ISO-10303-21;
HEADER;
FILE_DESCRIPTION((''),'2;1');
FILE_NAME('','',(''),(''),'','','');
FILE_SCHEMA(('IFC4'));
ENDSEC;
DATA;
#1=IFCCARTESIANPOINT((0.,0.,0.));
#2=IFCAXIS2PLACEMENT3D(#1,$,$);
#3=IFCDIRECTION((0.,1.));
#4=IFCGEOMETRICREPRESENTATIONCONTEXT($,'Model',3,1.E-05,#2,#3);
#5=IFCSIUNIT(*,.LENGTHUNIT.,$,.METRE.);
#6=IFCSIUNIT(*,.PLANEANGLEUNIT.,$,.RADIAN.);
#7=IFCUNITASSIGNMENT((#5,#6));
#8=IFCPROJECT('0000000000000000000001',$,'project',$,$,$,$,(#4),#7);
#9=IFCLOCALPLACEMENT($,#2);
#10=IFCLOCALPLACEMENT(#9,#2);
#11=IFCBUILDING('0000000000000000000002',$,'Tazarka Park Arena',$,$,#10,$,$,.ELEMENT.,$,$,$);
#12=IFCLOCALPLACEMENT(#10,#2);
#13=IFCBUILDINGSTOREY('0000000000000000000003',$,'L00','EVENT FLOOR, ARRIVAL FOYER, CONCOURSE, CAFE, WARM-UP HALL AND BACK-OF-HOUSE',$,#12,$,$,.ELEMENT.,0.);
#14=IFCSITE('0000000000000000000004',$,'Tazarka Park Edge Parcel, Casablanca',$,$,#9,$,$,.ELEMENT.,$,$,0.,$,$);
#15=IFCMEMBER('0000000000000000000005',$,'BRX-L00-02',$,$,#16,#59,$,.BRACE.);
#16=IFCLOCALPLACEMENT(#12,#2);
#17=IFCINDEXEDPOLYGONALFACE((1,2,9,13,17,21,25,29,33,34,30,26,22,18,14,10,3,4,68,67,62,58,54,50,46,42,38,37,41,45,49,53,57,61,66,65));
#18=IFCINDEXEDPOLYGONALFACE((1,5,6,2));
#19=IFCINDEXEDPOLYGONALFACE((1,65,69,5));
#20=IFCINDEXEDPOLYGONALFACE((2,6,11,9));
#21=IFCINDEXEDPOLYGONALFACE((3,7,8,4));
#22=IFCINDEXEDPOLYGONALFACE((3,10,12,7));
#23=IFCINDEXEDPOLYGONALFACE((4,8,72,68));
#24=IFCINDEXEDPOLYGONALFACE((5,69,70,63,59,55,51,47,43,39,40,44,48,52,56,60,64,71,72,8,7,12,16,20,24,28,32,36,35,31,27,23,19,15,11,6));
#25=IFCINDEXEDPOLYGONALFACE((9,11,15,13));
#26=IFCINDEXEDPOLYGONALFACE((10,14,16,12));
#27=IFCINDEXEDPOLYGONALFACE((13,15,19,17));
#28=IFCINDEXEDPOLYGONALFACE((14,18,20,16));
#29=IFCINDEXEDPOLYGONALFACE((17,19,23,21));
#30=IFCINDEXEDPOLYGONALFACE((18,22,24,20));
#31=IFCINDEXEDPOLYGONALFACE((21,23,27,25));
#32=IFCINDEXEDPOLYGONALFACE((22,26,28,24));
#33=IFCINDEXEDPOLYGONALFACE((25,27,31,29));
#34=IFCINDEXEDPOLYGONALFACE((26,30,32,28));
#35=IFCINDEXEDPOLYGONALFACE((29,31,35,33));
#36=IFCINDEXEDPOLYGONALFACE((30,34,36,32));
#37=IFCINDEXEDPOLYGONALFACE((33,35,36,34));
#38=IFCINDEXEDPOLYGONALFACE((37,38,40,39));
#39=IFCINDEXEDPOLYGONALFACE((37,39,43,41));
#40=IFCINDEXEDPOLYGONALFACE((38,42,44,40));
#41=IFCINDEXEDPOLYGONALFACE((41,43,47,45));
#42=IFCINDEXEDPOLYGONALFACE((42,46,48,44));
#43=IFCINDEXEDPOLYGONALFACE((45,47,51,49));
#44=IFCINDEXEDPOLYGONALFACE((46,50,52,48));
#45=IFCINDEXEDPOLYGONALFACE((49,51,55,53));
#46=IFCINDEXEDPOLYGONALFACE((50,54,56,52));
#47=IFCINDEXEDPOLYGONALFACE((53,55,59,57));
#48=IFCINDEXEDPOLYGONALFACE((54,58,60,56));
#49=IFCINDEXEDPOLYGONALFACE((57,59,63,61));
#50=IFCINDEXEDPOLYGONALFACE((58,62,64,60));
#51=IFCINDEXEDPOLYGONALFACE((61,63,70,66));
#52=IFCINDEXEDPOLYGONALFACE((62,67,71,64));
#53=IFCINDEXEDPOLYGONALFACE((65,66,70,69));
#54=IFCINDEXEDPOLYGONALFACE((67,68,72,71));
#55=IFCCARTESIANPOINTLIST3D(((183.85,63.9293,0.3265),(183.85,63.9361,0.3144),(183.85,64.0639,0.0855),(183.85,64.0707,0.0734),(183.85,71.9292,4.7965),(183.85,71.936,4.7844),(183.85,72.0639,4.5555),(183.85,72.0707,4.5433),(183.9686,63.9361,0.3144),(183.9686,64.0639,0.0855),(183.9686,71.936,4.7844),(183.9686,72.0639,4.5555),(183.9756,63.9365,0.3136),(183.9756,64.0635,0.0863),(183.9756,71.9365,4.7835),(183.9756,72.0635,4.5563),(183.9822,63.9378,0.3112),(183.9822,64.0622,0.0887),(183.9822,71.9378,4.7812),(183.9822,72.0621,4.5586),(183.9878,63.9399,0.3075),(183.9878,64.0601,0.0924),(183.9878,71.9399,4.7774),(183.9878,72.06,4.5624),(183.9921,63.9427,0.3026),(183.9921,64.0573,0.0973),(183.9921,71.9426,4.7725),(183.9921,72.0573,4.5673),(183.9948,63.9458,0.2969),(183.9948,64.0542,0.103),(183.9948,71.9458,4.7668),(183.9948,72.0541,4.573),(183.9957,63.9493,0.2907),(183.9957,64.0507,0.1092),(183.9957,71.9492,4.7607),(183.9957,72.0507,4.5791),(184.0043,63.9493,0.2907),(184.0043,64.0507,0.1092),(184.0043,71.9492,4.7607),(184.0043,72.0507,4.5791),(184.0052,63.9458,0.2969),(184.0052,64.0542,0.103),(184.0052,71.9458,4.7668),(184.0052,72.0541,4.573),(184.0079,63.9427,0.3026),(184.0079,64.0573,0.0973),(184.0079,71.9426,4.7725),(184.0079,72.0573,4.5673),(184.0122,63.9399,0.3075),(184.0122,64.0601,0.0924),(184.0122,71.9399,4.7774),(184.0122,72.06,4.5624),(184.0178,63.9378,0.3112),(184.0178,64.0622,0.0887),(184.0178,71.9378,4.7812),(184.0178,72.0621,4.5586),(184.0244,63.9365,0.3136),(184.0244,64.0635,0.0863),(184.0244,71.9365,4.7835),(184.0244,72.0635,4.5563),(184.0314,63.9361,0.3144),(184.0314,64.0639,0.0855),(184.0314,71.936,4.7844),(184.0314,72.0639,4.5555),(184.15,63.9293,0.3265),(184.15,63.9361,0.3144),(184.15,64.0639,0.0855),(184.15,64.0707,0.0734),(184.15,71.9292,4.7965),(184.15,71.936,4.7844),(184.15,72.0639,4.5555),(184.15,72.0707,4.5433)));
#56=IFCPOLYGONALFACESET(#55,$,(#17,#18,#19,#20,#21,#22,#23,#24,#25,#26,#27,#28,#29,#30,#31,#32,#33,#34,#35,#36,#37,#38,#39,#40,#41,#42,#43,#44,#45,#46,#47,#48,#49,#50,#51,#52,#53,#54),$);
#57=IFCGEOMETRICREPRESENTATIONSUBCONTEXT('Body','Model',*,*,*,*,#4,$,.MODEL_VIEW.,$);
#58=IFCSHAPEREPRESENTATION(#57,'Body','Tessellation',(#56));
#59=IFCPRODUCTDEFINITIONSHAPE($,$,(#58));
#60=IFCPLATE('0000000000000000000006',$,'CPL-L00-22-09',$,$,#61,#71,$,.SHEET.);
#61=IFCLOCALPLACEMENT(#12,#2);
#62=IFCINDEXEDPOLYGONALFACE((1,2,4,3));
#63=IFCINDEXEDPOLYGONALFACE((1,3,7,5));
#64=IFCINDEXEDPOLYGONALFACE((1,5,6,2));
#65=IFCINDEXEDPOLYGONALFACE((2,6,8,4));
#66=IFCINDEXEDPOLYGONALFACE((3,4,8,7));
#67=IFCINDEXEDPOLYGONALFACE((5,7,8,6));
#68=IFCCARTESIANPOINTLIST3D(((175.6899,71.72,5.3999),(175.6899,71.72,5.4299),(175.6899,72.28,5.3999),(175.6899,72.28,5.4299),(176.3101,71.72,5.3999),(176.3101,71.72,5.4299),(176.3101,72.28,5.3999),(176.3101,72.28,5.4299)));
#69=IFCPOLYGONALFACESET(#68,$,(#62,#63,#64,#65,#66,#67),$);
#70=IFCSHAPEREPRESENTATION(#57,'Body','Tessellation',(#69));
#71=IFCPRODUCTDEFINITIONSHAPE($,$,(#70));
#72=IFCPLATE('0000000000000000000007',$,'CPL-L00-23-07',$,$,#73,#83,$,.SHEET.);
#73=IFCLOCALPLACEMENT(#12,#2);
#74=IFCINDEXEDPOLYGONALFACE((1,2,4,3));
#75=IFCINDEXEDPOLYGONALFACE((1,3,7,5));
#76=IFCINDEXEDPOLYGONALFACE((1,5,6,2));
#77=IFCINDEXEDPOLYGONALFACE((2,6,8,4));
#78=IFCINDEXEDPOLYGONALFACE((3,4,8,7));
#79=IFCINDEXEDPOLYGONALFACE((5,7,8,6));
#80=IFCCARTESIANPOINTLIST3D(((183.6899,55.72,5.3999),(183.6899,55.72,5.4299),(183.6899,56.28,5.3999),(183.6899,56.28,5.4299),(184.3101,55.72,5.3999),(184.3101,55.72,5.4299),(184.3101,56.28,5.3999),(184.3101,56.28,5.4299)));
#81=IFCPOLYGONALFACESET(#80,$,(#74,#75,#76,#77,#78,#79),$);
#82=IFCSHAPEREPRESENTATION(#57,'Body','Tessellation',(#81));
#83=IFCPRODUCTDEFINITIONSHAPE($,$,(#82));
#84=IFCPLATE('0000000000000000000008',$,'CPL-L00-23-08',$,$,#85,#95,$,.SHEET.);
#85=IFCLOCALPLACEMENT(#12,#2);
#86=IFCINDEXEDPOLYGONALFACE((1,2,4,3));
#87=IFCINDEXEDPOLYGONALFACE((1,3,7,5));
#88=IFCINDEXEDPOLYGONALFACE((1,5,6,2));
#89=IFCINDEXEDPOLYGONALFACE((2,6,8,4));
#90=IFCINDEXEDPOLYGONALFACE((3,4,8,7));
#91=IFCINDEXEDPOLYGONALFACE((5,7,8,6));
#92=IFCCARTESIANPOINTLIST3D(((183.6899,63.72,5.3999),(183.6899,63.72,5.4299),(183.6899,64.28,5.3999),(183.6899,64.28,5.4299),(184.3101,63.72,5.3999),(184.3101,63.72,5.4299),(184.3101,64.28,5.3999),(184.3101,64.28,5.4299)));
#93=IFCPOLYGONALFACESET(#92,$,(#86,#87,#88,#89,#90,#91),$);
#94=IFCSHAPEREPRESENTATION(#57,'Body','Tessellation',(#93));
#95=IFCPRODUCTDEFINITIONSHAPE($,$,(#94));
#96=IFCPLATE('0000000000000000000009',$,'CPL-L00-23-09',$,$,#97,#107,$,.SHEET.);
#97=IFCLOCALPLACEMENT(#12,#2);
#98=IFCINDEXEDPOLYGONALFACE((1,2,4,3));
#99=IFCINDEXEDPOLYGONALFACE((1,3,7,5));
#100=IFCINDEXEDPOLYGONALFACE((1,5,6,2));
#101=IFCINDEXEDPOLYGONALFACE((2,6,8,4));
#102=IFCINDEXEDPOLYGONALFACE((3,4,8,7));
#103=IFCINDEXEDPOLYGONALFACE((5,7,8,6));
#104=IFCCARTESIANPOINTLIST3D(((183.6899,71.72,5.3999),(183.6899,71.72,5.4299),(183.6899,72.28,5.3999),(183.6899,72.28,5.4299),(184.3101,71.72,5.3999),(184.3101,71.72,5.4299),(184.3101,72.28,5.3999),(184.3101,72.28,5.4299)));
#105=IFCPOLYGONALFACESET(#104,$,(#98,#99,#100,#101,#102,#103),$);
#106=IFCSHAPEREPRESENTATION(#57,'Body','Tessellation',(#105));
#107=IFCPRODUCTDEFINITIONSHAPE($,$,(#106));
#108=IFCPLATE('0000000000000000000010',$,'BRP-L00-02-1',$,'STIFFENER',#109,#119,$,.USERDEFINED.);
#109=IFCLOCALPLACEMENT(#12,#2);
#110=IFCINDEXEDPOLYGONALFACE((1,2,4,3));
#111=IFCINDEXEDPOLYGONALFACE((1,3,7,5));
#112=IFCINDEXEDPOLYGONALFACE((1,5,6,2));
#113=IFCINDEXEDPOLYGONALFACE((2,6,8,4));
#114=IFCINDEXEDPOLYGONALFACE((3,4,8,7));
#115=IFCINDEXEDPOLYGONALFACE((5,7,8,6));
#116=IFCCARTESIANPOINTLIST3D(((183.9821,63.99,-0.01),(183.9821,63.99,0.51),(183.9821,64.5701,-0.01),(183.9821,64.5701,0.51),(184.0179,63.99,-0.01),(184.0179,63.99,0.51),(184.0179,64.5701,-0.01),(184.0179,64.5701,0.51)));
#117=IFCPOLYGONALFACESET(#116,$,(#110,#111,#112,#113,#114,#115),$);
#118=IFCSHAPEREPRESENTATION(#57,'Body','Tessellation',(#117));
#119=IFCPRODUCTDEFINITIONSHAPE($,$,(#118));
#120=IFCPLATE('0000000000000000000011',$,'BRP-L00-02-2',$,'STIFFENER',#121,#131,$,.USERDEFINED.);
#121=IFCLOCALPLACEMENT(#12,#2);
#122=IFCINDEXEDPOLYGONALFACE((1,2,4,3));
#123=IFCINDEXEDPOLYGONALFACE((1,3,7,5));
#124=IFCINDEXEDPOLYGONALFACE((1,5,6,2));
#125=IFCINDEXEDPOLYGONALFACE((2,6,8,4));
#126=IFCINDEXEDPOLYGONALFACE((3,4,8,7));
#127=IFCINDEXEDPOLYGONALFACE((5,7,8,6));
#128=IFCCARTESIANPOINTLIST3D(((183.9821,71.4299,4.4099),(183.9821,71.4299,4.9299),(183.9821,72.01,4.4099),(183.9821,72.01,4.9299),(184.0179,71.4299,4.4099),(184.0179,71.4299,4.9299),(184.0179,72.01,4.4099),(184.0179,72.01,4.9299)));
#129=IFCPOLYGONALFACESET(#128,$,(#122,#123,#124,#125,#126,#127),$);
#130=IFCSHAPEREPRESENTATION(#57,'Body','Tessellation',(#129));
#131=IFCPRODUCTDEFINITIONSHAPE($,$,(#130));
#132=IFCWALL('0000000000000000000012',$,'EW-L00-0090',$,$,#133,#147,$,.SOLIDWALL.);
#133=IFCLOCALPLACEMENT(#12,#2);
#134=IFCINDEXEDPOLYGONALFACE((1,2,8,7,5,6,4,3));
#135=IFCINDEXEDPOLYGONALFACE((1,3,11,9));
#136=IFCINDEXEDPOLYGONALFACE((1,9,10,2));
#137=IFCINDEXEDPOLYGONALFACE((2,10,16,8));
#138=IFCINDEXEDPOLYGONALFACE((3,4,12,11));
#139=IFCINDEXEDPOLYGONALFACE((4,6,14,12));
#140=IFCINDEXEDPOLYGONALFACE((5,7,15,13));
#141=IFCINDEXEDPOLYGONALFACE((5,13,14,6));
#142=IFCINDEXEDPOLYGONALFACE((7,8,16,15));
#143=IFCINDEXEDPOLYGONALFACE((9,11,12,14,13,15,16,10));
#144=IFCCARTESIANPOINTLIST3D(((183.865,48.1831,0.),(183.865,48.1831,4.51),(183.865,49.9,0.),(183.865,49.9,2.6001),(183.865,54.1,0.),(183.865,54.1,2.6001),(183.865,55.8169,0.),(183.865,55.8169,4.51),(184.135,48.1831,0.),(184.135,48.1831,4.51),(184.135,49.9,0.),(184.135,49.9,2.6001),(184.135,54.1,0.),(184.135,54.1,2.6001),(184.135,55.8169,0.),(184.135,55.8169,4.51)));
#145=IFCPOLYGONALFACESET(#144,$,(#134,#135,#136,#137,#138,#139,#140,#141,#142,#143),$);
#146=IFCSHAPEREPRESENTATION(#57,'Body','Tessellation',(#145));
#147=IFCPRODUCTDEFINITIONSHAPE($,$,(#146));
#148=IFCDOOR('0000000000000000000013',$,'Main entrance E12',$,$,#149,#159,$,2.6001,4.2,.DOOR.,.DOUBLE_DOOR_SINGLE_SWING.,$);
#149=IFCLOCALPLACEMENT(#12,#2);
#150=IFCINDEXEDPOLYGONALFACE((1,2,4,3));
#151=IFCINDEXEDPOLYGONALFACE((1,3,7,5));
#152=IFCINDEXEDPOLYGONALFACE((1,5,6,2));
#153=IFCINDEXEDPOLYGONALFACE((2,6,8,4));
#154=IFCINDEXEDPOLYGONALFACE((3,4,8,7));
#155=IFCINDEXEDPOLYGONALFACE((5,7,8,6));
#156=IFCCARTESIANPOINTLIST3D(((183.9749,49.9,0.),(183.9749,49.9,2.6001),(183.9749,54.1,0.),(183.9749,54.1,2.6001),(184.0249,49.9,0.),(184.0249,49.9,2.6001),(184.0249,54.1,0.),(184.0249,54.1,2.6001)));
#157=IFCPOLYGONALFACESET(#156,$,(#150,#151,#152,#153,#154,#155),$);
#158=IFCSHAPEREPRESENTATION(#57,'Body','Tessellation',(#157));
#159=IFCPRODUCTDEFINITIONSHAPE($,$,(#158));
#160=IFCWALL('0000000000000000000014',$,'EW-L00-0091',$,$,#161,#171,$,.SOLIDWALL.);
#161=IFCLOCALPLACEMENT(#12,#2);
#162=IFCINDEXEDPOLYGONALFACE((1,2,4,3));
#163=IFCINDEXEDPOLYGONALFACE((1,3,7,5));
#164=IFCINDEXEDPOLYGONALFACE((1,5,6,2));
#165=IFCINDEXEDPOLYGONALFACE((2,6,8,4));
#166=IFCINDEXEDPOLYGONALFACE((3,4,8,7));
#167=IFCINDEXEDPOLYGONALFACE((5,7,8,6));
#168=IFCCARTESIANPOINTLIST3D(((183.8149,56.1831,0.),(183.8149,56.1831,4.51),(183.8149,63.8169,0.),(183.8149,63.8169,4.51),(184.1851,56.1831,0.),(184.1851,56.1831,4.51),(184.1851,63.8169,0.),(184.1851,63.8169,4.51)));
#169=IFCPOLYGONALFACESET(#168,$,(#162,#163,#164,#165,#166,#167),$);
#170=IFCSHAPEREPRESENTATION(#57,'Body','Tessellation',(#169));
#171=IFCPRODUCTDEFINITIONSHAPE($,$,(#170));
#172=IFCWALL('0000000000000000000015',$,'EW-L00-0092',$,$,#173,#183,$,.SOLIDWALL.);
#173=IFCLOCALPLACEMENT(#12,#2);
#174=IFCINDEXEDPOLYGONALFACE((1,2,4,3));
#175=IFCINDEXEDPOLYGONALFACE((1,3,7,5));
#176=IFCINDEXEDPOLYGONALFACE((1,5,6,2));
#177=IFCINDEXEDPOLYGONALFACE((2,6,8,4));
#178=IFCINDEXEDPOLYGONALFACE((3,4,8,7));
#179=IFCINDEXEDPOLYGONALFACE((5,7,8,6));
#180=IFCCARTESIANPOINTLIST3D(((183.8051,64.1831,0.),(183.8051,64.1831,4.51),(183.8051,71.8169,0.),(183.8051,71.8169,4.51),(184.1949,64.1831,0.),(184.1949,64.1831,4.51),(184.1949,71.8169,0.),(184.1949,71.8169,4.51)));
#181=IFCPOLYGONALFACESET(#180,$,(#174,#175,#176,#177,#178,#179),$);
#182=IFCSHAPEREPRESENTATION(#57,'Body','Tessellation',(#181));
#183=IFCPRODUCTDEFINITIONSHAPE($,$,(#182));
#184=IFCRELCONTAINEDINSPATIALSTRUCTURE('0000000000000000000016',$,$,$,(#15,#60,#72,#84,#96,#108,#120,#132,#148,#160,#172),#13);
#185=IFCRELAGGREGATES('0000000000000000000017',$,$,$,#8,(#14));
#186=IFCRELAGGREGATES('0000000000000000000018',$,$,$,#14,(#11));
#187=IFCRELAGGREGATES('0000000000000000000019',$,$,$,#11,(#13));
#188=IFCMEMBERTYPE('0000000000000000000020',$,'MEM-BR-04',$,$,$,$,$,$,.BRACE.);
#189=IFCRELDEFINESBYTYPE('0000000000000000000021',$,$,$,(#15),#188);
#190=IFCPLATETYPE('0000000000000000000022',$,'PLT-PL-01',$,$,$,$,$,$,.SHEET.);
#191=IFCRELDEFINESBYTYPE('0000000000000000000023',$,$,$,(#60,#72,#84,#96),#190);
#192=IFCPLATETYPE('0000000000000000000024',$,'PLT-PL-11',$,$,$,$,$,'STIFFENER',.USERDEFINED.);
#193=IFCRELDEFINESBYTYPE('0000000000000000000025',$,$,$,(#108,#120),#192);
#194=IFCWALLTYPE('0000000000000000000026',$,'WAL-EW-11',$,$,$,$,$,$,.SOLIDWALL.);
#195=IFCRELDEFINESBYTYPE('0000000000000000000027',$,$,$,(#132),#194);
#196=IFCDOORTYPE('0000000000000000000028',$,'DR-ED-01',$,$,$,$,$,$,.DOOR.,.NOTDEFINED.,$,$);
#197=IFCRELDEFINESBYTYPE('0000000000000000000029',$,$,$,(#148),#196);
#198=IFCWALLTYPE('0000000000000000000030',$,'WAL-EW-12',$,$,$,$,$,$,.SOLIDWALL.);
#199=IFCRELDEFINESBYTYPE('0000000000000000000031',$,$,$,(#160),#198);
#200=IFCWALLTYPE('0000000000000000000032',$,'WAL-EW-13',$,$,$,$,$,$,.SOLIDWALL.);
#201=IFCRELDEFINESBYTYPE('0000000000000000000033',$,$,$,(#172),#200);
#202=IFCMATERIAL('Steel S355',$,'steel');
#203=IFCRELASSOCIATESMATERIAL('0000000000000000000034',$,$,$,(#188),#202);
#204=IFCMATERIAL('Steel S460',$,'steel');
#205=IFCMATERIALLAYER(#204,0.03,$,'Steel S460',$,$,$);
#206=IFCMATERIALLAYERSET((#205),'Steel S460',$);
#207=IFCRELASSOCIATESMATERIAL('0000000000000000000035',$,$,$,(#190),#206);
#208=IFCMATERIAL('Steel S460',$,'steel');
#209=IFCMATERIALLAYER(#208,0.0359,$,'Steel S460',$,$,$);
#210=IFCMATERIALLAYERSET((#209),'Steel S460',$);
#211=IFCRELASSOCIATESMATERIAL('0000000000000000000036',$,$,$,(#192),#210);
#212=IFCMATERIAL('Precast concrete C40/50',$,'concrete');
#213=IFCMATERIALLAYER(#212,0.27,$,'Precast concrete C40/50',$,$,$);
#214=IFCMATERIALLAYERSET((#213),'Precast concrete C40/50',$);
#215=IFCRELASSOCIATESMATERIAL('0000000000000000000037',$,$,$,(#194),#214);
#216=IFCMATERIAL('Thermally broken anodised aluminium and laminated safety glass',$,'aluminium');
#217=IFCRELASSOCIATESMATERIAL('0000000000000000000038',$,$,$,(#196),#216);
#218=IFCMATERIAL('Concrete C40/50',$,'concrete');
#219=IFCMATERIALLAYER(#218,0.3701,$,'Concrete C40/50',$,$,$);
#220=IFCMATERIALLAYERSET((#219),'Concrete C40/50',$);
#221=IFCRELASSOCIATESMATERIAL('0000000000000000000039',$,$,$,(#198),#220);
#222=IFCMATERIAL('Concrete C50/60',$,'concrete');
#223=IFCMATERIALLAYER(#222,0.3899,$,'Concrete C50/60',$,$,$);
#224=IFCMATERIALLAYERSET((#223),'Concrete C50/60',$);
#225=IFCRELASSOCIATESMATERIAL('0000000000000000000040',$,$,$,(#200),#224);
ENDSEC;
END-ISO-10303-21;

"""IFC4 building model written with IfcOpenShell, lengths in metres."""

from ifc_helpers import new_model, si_unit, direction, frame, frame_2d, origin, origin_2d, place, context, subcontext, project, spatial, rectangle, i_section, extrude, material, layer, layer_set, material_profile, profile_set, type_object, element, fill, save


model = new_model("IFC4")

# Units and contexts
model_context = context("Model", 3, precision=1e-05, world=origin(), true_north=direction((0.0, 1.0)))
body_context = subcontext(model_context, "Body", "Model", "MODEL_VIEW")
ifc_project = project(units=[si_unit("LENGTHUNIT", "METRE"), si_unit("PLANEANGLEUNIT", "RADIAN")], contexts=[model_context])

# Site, building, storey
site_placement = place(None, origin())
site = spatial("IfcSite", under=ifc_project, at=site_placement, Name="Tazarka Park Edge Parcel, Casablanca", CompositionType="ELEMENT", RefElevation=0.0)
building_placement = place(site_placement, origin())
building = spatial("IfcBuilding", under=site, at=building_placement, Name="Tazarka Park Arena", CompositionType="ELEMENT")
storey_placement = place(building_placement, origin())
storey = spatial("IfcBuildingStorey", under=building, at=storey_placement, Name="L00", Description="EVENT FLOOR, ARRIVAL FOYER, CONCOURSE, CAFE, WARM-UP HALL AND BACK-OF-HOUSE", CompositionType="ELEMENT", Elevation=0.0)

# Member
ifc_material_1 = material(Name="Steel S355", Category="steel")
ifc_material_profile_1 = material_profile(ifc_material_1, i_section(OverallWidth=0.3, OverallDepth=0.29, WebThickness=0.0085, FlangeThickness=0.0139, FilletRadius=0.0271, at=origin_2d()), Name="Steel S355")
ifc_profile_set_1 = profile_set([ifc_material_profile_1], Name="Steel S355")
member_type = type_object("IfcMemberType", Name="MEM-BR-04", PredefinedType="BRACE", material=ifc_profile_set_1)
member_placement = place(storey_placement, frame((184.0, 64.0, 0.2), z_axis=(0.0, 0.872972, 0.48777), x_axis=(-1.0, 0.0, 0.0)))
element("IfcMember", 1, at=member_placement, inside=storey, type_object=member_type, Name="BRX-L00-02", PredefinedType="BRACE", context=body_context, shape_type="SweptSolid", body=[
    extrude(i_section(OverallWidth=0.3, OverallDepth=0.29, WebThickness=0.0085, FlangeThickness=0.0139, FilletRadius=0.0271, at=origin_2d()), origin(), (0.0, 0.0, 1.0), 9.1641),
])

# Plates
ifc_material_2 = material(Name="Steel S460", Category="steel")
ifc_layer_1 = layer(ifc_material_2, 0.03, Name="Steel S460")
ifc_layer_set_1 = layer_set([ifc_layer_1], Name="Steel S460")
plate_type_1 = type_object("IfcPlateType", Name="PLT-PL-01", PredefinedType="SHEET", material=ifc_layer_set_1)
for number, where, z_axis, x_axis, name in (
    (2, (176.0, 72.0, 5.3999), (0.0, 0.0, 1.0), (1.0, 0.0, 0.0), "CPL-L00-22-09"),
    (3, (184.0, 56.0, 5.3999), (0.0, 0.0, 1.0), (1.0, 0.0, 0.0), "CPL-L00-23-07"),
    (4, (184.0, 64.0, 5.3999), (0.0, 0.0, 1.0), (1.0, 0.0, 0.0), "CPL-L00-23-08"),
    (5, (184.0, 72.0, 5.3999), (0.0, 0.0, 1.0), (1.0, 0.0, 0.0), "CPL-L00-23-09"),
):
    element("IfcPlate", number, at=place(storey_placement, frame(where, z_axis=z_axis, x_axis=x_axis)), inside=storey, type_object=plate_type_1, Name=name, PredefinedType="SHEET", context=body_context, shape_type="SweptSolid", body=[
        extrude(rectangle(XDim=0.6201, YDim=0.5601, at=origin_2d()), origin(), (0.0, 0.0, 1.0), 0.03),
    ])
ifc_material_3 = material(Name="Steel S460", Category="steel")
ifc_layer_2 = layer(ifc_material_3, 0.0359, Name="Steel S460")
ifc_layer_set_2 = layer_set([ifc_layer_2], Name="Steel S460")
plate_type_2 = type_object("IfcPlateType", Name="PLT-PL-11", ElementType="STIFFENER", PredefinedType="USERDEFINED", material=ifc_layer_set_2)
for number, where, z_axis, x_axis, name in (
    (6, (184.0, 64.28, -0.01), (0.0, 0.0, 1.0), (1.0, 0.0, 0.0), "BRP-L00-02-1"),
    (7, (184.0, 71.72, 4.4099), (0.0, 0.0, 1.0), (1.0, 0.0, 0.0), "BRP-L00-02-2"),
):
    element("IfcPlate", number, at=place(storey_placement, frame(where, z_axis=z_axis, x_axis=x_axis)), inside=storey, type_object=plate_type_2, Name=name, ObjectType="STIFFENER", PredefinedType="USERDEFINED", context=body_context, shape_type="SweptSolid", body=[
        extrude(rectangle(XDim=0.0359, YDim=0.5801, at=origin_2d()), origin(), (0.0, 0.0, 1.0), 0.52),
    ])

# Wall, opening, door
ifc_material_4 = material(Name="Precast concrete C40/50", Category="concrete")
ifc_layer_3 = layer(ifc_material_4, 0.27, Name="Precast concrete C40/50")
ifc_layer_set_3 = layer_set([ifc_layer_3], Name="Precast concrete C40/50")
wall_type_1 = type_object("IfcWallType", Name="WAL-EW-11", PredefinedType="SOLIDWALL", material=ifc_layer_set_3)
wall_1_placement = place(storey_placement, frame((184.0, 55.8169, 0.0), z_axis=(0.0, 0.0, 1.0), x_axis=(0.0, -1.0, 0.0)))
wall_1 = element("IfcWall", 8, at=wall_1_placement, inside=storey, type_object=wall_type_1, Name="EW-L00-0090", PredefinedType="SOLIDWALL", context=body_context, shape_type="SweptSolid", body=[
    extrude(rectangle(XDim=7.6338, YDim=0.27, at=frame_2d((3.8169, 0.0))), origin(), (0.0, 0.0, 1.0), 4.51),
])
opening_placement = place(wall_1_placement, frame((1.7168, 0.0, 0.0)))
opening = element("IfcOpeningElement", 9, at=opening_placement, cuts=wall_1, PredefinedType="OPENING", context=body_context, shape_type="SweptSolid", body=[
    extrude(rectangle(XDim=4.2, YDim=2.6001, at=frame_2d((2.1001, 1.3))), frame((0.0, 0.145, 0.0), z_axis=(0.0, -1.0, 0.0), x_axis=(1.0, 0.0, 0.0)), (0.0, 0.0, 1.0), 0.29),
])
ifc_material_5 = material(Name="Thermally broken anodised aluminium and laminated safety glass", Category="aluminium")
door_type = type_object("IfcDoorType", Name="DR-ED-01", OperationType="NOTDEFINED", PredefinedType="DOOR", material=ifc_material_5)
door_placement = place(opening_placement, origin())
door = element("IfcDoor", 10, at=door_placement, inside=storey, type_object=door_type, Name="Main entrance E12", OperationType="DOUBLE_DOOR_SINGLE_SWING", OverallHeight=2.6001, OverallWidth=4.2, PredefinedType="DOOR", context=body_context, shape_type="SweptSolid", body=[
    extrude(rectangle(XDim=4.2, YDim=2.6001, at=frame_2d((2.1001, 1.3))), frame((0.0, 0.0249, 0.0), z_axis=(0.0, -1.0, 0.0), x_axis=(1.0, 0.0, 0.0)), (0.0, 0.0, 1.0), 0.05),
])
fill(opening, door)

# Walls
ifc_material_6 = material(Name="Concrete C40/50", Category="concrete")
ifc_layer_4 = layer(ifc_material_6, 0.3701, Name="Concrete C40/50")
ifc_layer_set_4 = layer_set([ifc_layer_4], Name="Concrete C40/50")
wall_type_2 = type_object("IfcWallType", Name="WAL-EW-12", PredefinedType="SOLIDWALL", material=ifc_layer_set_4)
wall_2_placement = place(storey_placement, frame((184.0, 63.8169, 0.0), z_axis=(0.0, 0.0, 1.0), x_axis=(0.0, -1.0, 0.0)))
element("IfcWall", 11, at=wall_2_placement, inside=storey, type_object=wall_type_2, Name="EW-L00-0091", PredefinedType="SOLIDWALL", context=body_context, shape_type="SweptSolid", body=[
    extrude(rectangle(XDim=7.6338, YDim=0.3701, at=frame_2d((3.8169, 0.0))), origin(), (0.0, 0.0, 1.0), 4.51),
])
ifc_material_7 = material(Name="Concrete C50/60", Category="concrete")
ifc_layer_5 = layer(ifc_material_7, 0.3899, Name="Concrete C50/60")
ifc_layer_set_5 = layer_set([ifc_layer_5], Name="Concrete C50/60")
wall_type_3 = type_object("IfcWallType", Name="WAL-EW-13", PredefinedType="SOLIDWALL", material=ifc_layer_set_5)
wall_3_placement = place(storey_placement, frame((184.0, 71.8169, 0.0), z_axis=(0.0, 0.0, 1.0), x_axis=(0.0, -1.0, 0.0)))
element("IfcWall", 12, at=wall_3_placement, inside=storey, type_object=wall_type_3, Name="EW-L00-0092", PredefinedType="SOLIDWALL", context=body_context, shape_type="SweptSolid", body=[
    extrude(rectangle(XDim=7.6338, YDim=0.3899, at=frame_2d((3.8169, 0.0))), origin(), (0.0, 0.0, 1.0), 4.51),
])

save(model, "model.ifc")
